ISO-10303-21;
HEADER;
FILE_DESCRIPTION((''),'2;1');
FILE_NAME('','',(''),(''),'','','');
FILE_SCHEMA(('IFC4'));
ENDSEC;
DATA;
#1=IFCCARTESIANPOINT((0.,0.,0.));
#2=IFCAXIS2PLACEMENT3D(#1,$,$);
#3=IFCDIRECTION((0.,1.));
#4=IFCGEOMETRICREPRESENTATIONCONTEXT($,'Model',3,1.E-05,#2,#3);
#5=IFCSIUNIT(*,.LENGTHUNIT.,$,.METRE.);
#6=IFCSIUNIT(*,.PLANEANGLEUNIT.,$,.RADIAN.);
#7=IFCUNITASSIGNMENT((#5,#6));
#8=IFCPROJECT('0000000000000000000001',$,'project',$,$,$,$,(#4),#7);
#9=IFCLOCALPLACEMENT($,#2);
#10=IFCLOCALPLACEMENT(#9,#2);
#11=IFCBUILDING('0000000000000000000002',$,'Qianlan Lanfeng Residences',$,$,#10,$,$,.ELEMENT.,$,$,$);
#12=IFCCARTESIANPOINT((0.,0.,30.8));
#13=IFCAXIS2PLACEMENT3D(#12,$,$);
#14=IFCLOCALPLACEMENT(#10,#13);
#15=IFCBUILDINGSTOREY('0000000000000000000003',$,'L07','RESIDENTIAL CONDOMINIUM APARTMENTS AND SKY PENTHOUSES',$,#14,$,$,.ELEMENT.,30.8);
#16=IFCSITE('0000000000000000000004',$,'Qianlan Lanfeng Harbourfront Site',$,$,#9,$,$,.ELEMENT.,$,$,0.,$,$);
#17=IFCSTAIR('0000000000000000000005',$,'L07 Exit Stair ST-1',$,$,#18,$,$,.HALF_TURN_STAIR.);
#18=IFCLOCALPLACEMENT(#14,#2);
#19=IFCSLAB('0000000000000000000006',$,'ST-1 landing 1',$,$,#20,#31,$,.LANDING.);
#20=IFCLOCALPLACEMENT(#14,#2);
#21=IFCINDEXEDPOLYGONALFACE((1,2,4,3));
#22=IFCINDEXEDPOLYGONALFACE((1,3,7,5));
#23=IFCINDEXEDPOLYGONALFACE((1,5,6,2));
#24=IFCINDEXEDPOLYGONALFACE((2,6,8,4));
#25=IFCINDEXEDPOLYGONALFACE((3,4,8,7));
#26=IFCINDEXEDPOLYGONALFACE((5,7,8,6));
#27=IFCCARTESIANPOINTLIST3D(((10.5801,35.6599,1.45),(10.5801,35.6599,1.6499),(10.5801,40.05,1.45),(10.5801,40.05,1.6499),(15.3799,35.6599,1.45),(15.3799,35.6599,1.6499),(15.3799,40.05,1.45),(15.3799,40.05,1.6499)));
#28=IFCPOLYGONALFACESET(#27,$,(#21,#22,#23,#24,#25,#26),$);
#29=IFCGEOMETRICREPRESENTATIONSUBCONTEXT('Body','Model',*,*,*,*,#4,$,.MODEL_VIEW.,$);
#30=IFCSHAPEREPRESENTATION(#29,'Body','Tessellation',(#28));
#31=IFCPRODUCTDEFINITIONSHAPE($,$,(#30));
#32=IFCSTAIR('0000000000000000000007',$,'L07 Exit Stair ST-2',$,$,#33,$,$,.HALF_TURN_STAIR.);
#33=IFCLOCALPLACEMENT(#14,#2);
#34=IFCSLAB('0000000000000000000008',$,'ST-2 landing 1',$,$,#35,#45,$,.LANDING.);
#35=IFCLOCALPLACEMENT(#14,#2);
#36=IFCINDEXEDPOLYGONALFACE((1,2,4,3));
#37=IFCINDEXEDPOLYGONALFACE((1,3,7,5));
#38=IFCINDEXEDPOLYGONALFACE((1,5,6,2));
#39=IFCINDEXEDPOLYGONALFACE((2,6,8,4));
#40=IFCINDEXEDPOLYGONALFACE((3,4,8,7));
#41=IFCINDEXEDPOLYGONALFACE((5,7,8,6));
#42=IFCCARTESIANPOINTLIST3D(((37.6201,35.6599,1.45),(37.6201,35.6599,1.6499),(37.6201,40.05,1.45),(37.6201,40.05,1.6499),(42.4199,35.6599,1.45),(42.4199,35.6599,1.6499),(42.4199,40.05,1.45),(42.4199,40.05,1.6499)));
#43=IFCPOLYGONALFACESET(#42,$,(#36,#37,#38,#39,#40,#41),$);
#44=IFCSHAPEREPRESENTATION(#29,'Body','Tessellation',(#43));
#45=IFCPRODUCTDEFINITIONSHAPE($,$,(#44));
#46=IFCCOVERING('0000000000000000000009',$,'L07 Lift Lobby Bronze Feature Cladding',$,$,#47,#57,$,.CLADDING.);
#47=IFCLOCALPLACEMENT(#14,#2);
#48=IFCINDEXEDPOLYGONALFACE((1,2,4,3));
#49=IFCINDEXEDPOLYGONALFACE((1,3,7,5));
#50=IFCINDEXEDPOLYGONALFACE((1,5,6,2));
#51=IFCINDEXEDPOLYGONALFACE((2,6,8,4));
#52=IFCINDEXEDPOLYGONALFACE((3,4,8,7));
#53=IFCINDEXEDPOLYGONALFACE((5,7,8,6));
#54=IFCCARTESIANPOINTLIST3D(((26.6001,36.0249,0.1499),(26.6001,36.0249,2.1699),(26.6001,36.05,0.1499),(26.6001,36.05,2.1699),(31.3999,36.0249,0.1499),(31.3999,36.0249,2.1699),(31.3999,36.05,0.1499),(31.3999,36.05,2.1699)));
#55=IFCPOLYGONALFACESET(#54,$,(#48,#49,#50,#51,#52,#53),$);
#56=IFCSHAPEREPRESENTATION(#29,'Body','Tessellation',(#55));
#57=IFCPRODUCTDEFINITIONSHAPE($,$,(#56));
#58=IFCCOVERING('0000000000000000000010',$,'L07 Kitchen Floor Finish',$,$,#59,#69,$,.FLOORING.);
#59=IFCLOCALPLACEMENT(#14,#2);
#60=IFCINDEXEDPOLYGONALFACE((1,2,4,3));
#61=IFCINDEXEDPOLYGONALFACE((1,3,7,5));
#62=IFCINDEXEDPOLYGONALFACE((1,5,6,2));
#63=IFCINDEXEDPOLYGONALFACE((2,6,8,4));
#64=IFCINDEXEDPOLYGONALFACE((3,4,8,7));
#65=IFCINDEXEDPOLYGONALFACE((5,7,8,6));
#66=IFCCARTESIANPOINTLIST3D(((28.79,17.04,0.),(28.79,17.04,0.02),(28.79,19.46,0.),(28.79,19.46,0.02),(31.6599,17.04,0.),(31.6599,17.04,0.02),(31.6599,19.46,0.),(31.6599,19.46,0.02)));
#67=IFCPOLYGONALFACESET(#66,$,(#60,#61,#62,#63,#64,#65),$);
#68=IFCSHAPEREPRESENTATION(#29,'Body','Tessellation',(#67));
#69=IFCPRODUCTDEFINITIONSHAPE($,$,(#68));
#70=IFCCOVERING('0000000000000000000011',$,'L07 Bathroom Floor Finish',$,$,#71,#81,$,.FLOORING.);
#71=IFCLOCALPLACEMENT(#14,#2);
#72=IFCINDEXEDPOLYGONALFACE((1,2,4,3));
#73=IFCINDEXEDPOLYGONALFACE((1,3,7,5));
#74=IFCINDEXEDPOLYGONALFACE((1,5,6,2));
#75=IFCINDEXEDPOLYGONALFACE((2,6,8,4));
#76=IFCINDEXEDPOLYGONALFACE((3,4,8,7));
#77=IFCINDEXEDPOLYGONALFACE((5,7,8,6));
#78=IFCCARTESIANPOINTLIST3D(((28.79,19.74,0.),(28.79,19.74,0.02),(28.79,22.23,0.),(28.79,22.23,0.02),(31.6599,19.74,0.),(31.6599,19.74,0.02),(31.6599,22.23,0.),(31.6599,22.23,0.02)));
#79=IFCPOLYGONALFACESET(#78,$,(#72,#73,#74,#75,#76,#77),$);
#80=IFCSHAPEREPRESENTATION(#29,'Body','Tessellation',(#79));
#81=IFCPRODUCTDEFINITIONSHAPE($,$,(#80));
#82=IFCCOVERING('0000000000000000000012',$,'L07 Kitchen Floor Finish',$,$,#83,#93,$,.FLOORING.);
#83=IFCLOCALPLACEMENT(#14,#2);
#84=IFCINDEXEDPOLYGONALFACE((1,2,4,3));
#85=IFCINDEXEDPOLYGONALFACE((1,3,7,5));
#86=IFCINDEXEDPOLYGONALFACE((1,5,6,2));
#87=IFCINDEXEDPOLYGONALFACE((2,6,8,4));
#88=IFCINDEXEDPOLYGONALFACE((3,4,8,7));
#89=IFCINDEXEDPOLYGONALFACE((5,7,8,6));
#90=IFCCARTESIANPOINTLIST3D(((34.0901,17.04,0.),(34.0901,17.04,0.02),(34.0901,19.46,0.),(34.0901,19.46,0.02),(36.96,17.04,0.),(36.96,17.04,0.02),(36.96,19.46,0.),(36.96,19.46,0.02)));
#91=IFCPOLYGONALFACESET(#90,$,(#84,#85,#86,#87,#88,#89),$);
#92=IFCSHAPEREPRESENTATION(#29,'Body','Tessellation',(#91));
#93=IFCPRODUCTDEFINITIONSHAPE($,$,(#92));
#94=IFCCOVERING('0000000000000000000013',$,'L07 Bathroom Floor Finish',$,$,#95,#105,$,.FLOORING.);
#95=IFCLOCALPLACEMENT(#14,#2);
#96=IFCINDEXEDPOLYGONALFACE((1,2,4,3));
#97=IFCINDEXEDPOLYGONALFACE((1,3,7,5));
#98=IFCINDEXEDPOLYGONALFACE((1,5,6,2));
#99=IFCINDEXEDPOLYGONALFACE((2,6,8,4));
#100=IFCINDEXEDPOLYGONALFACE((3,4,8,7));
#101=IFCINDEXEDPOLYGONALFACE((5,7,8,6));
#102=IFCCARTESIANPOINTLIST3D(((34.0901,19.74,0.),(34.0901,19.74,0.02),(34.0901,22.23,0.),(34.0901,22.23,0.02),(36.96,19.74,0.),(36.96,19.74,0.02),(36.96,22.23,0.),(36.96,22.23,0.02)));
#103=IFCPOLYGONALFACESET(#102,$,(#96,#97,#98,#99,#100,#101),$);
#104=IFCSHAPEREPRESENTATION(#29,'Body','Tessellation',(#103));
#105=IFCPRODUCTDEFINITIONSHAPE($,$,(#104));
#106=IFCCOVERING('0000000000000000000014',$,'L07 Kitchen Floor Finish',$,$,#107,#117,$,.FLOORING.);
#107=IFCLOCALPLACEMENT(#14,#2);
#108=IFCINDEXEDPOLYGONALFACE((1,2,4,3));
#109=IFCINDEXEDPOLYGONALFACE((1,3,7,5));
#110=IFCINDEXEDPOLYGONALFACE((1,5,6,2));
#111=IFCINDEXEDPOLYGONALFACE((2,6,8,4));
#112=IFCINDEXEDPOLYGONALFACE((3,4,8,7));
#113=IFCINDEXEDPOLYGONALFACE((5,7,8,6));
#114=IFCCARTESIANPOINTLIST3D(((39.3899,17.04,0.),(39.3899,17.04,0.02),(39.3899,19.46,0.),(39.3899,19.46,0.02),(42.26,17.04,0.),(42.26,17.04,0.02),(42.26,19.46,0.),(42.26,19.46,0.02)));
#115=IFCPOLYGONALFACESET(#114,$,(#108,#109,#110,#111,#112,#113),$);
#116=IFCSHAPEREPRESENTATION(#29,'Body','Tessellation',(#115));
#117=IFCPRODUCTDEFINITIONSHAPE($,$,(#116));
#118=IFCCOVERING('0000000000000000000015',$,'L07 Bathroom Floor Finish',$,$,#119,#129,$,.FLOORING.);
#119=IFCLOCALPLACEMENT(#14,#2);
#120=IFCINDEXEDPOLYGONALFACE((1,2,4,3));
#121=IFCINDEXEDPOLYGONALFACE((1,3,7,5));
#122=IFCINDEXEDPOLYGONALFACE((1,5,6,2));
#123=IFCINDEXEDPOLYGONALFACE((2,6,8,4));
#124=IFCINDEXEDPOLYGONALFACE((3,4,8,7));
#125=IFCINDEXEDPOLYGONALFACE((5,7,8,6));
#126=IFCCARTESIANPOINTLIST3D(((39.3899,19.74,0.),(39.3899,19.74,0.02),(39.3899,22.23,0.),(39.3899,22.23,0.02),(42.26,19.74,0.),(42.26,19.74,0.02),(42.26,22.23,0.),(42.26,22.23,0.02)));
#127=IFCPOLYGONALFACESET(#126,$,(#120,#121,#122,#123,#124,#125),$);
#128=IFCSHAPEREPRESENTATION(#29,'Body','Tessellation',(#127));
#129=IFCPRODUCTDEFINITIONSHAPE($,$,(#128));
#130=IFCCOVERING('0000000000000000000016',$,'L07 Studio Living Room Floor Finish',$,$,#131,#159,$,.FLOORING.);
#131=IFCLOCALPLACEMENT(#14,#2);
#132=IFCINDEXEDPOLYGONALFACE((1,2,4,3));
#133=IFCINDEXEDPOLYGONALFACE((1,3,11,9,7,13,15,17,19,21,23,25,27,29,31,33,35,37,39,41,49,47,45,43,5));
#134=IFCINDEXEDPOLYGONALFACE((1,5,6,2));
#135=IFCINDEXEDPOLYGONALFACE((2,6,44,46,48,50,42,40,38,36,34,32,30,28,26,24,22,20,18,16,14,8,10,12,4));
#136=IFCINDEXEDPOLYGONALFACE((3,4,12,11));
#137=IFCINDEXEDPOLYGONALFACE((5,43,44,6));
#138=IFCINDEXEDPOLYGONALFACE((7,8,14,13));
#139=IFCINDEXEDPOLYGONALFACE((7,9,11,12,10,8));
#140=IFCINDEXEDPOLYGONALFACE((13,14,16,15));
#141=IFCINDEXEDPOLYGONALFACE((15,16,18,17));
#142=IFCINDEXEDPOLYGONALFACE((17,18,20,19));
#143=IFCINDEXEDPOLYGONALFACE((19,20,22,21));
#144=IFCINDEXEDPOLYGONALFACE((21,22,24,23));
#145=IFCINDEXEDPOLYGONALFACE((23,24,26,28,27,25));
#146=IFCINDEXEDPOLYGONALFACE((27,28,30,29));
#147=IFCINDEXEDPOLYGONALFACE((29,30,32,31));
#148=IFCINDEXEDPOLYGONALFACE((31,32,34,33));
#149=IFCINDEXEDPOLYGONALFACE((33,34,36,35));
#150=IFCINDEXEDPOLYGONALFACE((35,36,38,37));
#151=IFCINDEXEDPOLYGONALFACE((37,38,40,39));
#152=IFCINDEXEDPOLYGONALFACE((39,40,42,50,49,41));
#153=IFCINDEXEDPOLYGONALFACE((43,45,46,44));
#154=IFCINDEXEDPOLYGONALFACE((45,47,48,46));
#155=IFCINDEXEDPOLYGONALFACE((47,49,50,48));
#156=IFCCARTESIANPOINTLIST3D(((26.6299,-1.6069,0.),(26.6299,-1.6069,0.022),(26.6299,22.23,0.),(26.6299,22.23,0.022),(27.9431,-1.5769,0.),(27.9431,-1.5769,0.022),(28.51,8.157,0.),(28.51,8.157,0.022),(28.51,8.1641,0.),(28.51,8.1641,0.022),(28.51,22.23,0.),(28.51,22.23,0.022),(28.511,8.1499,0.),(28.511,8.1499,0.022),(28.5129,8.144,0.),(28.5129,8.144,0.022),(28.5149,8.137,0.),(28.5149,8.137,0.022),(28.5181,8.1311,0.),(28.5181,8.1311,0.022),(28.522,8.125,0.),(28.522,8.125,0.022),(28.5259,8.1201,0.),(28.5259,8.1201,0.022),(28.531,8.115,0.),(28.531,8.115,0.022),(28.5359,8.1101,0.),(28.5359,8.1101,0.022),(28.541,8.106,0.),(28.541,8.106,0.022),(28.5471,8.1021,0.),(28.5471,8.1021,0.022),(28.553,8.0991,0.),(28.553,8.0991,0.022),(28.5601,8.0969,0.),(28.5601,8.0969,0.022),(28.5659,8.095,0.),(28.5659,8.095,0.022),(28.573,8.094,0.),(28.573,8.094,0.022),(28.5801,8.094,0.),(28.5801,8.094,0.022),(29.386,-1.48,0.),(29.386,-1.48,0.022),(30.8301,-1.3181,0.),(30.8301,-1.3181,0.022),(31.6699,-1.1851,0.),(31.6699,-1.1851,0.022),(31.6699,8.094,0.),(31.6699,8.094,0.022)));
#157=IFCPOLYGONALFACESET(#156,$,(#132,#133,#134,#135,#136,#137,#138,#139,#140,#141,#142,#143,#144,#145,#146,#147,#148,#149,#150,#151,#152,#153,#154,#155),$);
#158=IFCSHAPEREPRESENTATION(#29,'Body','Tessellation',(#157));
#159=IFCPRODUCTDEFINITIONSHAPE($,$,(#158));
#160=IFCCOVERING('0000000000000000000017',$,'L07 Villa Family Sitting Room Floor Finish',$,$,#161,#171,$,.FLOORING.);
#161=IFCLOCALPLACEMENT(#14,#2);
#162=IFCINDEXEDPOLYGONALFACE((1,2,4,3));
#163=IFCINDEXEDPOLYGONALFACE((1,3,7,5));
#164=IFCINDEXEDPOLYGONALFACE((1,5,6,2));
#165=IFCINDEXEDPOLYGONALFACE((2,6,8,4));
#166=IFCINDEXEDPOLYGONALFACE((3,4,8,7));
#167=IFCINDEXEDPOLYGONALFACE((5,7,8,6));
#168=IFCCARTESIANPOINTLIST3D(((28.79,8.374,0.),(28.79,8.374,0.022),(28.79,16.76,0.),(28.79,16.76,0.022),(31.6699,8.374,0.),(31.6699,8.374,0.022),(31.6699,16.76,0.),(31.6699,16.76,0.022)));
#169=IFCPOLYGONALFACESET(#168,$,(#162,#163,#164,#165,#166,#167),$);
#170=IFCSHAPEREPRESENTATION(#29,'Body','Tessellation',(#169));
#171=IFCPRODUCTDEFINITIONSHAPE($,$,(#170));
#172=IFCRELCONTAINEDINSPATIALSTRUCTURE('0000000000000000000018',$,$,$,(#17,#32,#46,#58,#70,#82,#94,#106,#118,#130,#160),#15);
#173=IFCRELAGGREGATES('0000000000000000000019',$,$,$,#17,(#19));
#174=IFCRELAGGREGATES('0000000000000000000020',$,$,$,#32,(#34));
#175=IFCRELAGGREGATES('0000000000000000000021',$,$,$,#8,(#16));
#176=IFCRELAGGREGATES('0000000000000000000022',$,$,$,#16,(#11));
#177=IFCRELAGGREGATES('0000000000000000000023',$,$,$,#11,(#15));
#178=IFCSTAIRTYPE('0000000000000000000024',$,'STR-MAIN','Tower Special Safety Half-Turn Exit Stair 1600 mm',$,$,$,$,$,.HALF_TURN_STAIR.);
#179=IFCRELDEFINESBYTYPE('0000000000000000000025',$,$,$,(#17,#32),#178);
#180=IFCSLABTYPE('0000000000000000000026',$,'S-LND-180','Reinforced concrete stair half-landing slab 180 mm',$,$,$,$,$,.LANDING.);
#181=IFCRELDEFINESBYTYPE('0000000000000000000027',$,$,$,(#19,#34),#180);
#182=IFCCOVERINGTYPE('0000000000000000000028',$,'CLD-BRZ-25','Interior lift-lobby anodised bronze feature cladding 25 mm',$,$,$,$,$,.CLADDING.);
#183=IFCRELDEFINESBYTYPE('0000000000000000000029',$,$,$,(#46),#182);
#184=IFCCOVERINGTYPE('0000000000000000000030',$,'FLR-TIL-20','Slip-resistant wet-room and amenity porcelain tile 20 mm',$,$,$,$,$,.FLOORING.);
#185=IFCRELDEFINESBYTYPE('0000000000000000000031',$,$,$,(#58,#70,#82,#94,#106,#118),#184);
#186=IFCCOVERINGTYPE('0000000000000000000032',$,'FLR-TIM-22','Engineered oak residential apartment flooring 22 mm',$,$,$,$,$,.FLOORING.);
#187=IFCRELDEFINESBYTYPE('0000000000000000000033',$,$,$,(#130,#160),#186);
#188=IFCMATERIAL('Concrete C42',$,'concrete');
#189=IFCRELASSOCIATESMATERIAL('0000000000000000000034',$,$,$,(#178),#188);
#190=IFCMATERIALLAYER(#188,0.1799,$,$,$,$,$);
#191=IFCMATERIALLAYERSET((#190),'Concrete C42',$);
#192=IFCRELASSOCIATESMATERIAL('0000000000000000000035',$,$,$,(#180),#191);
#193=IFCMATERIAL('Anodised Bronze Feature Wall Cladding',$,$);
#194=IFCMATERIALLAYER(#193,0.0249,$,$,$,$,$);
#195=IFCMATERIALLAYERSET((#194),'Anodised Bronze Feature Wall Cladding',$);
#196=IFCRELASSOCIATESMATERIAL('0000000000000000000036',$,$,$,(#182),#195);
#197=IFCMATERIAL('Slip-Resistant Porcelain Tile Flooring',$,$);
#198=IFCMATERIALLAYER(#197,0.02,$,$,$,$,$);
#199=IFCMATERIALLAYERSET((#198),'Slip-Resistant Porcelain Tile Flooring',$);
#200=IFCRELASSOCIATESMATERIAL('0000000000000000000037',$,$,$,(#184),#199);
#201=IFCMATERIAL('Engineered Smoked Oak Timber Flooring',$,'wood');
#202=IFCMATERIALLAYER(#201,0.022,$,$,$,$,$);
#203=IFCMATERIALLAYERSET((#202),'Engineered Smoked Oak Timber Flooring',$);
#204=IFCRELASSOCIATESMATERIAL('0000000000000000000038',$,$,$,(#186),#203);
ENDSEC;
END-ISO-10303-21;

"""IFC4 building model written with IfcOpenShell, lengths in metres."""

from ifc_helpers import new_model, si_unit, direction, frame, origin, place, context, subcontext, project, spatial, polyline, outline, extrude, material, layer, layer_set, type_object, element, aggregate, save


model = new_model("IFC4")

# Units and contexts
model_context = context("Model", 3, precision=1e-05, world=origin(), true_north=direction((0.0, 1.0)))
body_context = subcontext(model_context, "Body", "Model", "MODEL_VIEW")
ifc_project = project(units=[si_unit("LENGTHUNIT", "METRE"), si_unit("PLANEANGLEUNIT", "RADIAN")], contexts=[model_context])

# Site, building, storey
site_placement = place(None, origin())
site = spatial("IfcSite", under=ifc_project, at=site_placement, Name="Qianlan Lanfeng Harbourfront Site", CompositionType="ELEMENT", RefElevation=0.0)
building_placement = place(site_placement, origin())
building = spatial("IfcBuilding", under=site, at=building_placement, Name="Qianlan Lanfeng Residences", CompositionType="ELEMENT")
storey_placement = place(building_placement, frame((0.0, 0.0, 30.8)))
storey = spatial("IfcBuildingStorey", under=building, at=storey_placement, Name="L07", Description="RESIDENTIAL CONDOMINIUM APARTMENTS AND SKY PENTHOUSES", CompositionType="ELEMENT", Elevation=30.8)

# Stairs, slabs
ifc_material_1 = material(Name="Concrete C42", Category="concrete")
stair_type = type_object("IfcStairType", Name="STR-MAIN", Description="Tower Special Safety Half-Turn Exit Stair 1600 mm", PredefinedType="HALF_TURN_STAIR", material=ifc_material_1)
stair_1_placement = place(storey_placement, origin())
stair_1 = element("IfcStair", 1, at=stair_1_placement, inside=storey, type_object=stair_type, Name="L07 Exit Stair ST-1", PredefinedType="HALF_TURN_STAIR")
ifc_layer_1 = layer(ifc_material_1, 0.1799)
ifc_layer_set_1 = layer_set([ifc_layer_1], Name="Concrete C42")
slab_type = type_object("IfcSlabType", Name="S-LND-180", Description="Reinforced concrete stair half-landing slab 180 mm", PredefinedType="LANDING", material=ifc_layer_set_1)
slab_1_placement = place(storey_placement, frame((0.0, 0.0, 1.45)))
slab_1 = element("IfcSlab", 2, at=slab_1_placement, type_object=slab_type, Name="ST-1 landing 1", PredefinedType="LANDING", context=body_context, shape_type="SweptSolid", body=[
    extrude(outline(polyline([(10.5801, 35.6599), (15.3799, 35.6599), (15.3799, 40.05), (10.5801, 40.05), (10.5801, 35.6599)])), origin(), (0.0, 0.0, 1.0), 0.2),
])
aggregate(stair_1, [slab_1])
stair_2_placement = place(storey_placement, origin())
stair_2 = element("IfcStair", 3, at=stair_2_placement, inside=storey, type_object=stair_type, Name="L07 Exit Stair ST-2", PredefinedType="HALF_TURN_STAIR")
slab_2_placement = place(storey_placement, frame((0.0, 0.0, 1.45)))
slab_2 = element("IfcSlab", 4, at=slab_2_placement, type_object=slab_type, Name="ST-2 landing 1", PredefinedType="LANDING", context=body_context, shape_type="SweptSolid", body=[
    extrude(outline(polyline([(37.6201, 35.6599), (42.4199, 35.6599), (42.4199, 40.05), (37.6201, 40.05), (37.6201, 35.6599)])), origin(), (0.0, 0.0, 1.0), 0.2),
])
aggregate(stair_2, [slab_2])

# Coverings
ifc_material_2 = material(Name="Anodised Bronze Feature Wall Cladding")
ifc_layer_2 = layer(ifc_material_2, 0.0249)
ifc_layer_set_2 = layer_set([ifc_layer_2], Name="Anodised Bronze Feature Wall Cladding")
covering_type_1 = type_object("IfcCoveringType", Name="CLD-BRZ-25", Description="Interior lift-lobby anodised bronze feature cladding 25 mm", PredefinedType="CLADDING", material=ifc_layer_set_2)
covering_1_placement = place(storey_placement, frame((0.0, 0.0, 0.1499)))
element("IfcCovering", 5, at=covering_1_placement, inside=storey, type_object=covering_type_1, Name="L07 Lift Lobby Bronze Feature Cladding", PredefinedType="CLADDING", context=body_context, shape_type="SweptSolid", body=[
    extrude(outline(polyline([(26.6001, 36.0249), (31.3999, 36.0249), (31.3999, 36.05), (26.6001, 36.05), (26.6001, 36.0249)])), origin(), (0.0, 0.0, 1.0), 2.02),
])
ifc_material_3 = material(Name="Slip-Resistant Porcelain Tile Flooring")
ifc_layer_3 = layer(ifc_material_3, 0.02)
ifc_layer_set_3 = layer_set([ifc_layer_3], Name="Slip-Resistant Porcelain Tile Flooring")
covering_type_2 = type_object("IfcCoveringType", Name="FLR-TIL-20", Description="Slip-resistant wet-room and amenity porcelain tile 20 mm", PredefinedType="FLOORING", material=ifc_layer_set_3)
covering_2_placement = place(storey_placement, origin())
element("IfcCovering", 6, at=covering_2_placement, inside=storey, type_object=covering_type_2, Name="L07 Kitchen Floor Finish", PredefinedType="FLOORING", context=body_context, shape_type="SweptSolid", body=[
    extrude(outline(polyline([(28.79, 17.04), (31.6599, 17.04), (31.6599, 19.46), (28.79, 19.46), (28.79, 17.04)])), origin(), (0.0, 0.0, 1.0), 0.02),
])
covering_3_placement = place(storey_placement, origin())
element("IfcCovering", 7, at=covering_3_placement, inside=storey, type_object=covering_type_2, Name="L07 Bathroom Floor Finish", PredefinedType="FLOORING", context=body_context, shape_type="SweptSolid", body=[
    extrude(outline(polyline([(28.79, 19.74), (31.6599, 19.74), (31.6599, 22.23), (28.79, 22.23), (28.79, 19.74)])), origin(), (0.0, 0.0, 1.0), 0.02),
])
covering_4_placement = place(storey_placement, origin())
element("IfcCovering", 8, at=covering_4_placement, inside=storey, type_object=covering_type_2, Name="L07 Kitchen Floor Finish", PredefinedType="FLOORING", context=body_context, shape_type="SweptSolid", body=[
    extrude(outline(polyline([(34.0901, 17.04), (36.96, 17.04), (36.96, 19.46), (34.0901, 19.46), (34.0901, 17.04)])), origin(), (0.0, 0.0, 1.0), 0.02),
])
covering_5_placement = place(storey_placement, origin())
element("IfcCovering", 9, at=covering_5_placement, inside=storey, type_object=covering_type_2, Name="L07 Bathroom Floor Finish", PredefinedType="FLOORING", context=body_context, shape_type="SweptSolid", body=[
    extrude(outline(polyline([(34.0901, 19.74), (36.96, 19.74), (36.96, 22.23), (34.0901, 22.23), (34.0901, 19.74)])), origin(), (0.0, 0.0, 1.0), 0.02),
])
covering_6_placement = place(storey_placement, origin())
element("IfcCovering", 10, at=covering_6_placement, inside=storey, type_object=covering_type_2, Name="L07 Kitchen Floor Finish", PredefinedType="FLOORING", context=body_context, shape_type="SweptSolid", body=[
    extrude(outline(polyline([(39.3899, 17.04), (42.26, 17.04), (42.26, 19.46), (39.3899, 19.46), (39.3899, 17.04)])), origin(), (0.0, 0.0, 1.0), 0.02),
])
covering_7_placement = place(storey_placement, origin())
element("IfcCovering", 11, at=covering_7_placement, inside=storey, type_object=covering_type_2, Name="L07 Bathroom Floor Finish", PredefinedType="FLOORING", context=body_context, shape_type="SweptSolid", body=[
    extrude(outline(polyline([(39.3899, 19.74), (42.26, 19.74), (42.26, 22.23), (39.3899, 22.23), (39.3899, 19.74)])), origin(), (0.0, 0.0, 1.0), 0.02),
])
ifc_material_4 = material(Name="Engineered Smoked Oak Timber Flooring", Category="wood")
ifc_layer_4 = layer(ifc_material_4, 0.022)
ifc_layer_set_4 = layer_set([ifc_layer_4], Name="Engineered Smoked Oak Timber Flooring")
covering_type_3 = type_object("IfcCoveringType", Name="FLR-TIM-22", Description="Engineered oak residential apartment flooring 22 mm", PredefinedType="FLOORING", material=ifc_layer_set_4)
covering_8_placement = place(storey_placement, origin())
element("IfcCovering", 12, at=covering_8_placement, inside=storey, type_object=covering_type_3, Name="L07 Studio Living Room Floor Finish", PredefinedType="FLOORING", context=body_context, shape_type="SweptSolid", body=[
    extrude(outline(polyline([(31.6699, -1.1851), (31.6699, 8.094), (28.5801, 8.094), (28.573, 8.094), (28.5659, 8.095), (28.5601, 8.0969), (28.553, 8.0991), (28.5471, 8.1021), (28.541, 8.106), (28.5359, 8.1101), (28.531, 8.115), (28.5259, 8.1201), (28.522, 8.125), (28.5181, 8.1311), (28.5149, 8.137), (28.5129, 8.144), (28.511, 8.1499), (28.51, 8.157), (28.51, 8.1641), (28.51, 22.23), (26.6299, 22.23), (26.6299, -1.6069), (27.9431, -1.5769), (29.386, -1.48), (30.8301, -1.3181), (31.6699, -1.1851)])), origin(), (0.0, 0.0, 1.0), 0.022),
])
covering_9_placement = place(storey_placement, origin())
element("IfcCovering", 13, at=covering_9_placement, inside=storey, type_object=covering_type_3, Name="L07 Villa Family Sitting Room Floor Finish", PredefinedType="FLOORING", context=body_context, shape_type="SweptSolid", body=[
    extrude(outline(polyline([(28.79, 16.76), (28.79, 8.374), (31.6699, 8.374), (31.6699, 16.76), (28.79, 16.76)])), origin(), (0.0, 0.0, 1.0), 0.022),
])

save(model, "model.ifc")
